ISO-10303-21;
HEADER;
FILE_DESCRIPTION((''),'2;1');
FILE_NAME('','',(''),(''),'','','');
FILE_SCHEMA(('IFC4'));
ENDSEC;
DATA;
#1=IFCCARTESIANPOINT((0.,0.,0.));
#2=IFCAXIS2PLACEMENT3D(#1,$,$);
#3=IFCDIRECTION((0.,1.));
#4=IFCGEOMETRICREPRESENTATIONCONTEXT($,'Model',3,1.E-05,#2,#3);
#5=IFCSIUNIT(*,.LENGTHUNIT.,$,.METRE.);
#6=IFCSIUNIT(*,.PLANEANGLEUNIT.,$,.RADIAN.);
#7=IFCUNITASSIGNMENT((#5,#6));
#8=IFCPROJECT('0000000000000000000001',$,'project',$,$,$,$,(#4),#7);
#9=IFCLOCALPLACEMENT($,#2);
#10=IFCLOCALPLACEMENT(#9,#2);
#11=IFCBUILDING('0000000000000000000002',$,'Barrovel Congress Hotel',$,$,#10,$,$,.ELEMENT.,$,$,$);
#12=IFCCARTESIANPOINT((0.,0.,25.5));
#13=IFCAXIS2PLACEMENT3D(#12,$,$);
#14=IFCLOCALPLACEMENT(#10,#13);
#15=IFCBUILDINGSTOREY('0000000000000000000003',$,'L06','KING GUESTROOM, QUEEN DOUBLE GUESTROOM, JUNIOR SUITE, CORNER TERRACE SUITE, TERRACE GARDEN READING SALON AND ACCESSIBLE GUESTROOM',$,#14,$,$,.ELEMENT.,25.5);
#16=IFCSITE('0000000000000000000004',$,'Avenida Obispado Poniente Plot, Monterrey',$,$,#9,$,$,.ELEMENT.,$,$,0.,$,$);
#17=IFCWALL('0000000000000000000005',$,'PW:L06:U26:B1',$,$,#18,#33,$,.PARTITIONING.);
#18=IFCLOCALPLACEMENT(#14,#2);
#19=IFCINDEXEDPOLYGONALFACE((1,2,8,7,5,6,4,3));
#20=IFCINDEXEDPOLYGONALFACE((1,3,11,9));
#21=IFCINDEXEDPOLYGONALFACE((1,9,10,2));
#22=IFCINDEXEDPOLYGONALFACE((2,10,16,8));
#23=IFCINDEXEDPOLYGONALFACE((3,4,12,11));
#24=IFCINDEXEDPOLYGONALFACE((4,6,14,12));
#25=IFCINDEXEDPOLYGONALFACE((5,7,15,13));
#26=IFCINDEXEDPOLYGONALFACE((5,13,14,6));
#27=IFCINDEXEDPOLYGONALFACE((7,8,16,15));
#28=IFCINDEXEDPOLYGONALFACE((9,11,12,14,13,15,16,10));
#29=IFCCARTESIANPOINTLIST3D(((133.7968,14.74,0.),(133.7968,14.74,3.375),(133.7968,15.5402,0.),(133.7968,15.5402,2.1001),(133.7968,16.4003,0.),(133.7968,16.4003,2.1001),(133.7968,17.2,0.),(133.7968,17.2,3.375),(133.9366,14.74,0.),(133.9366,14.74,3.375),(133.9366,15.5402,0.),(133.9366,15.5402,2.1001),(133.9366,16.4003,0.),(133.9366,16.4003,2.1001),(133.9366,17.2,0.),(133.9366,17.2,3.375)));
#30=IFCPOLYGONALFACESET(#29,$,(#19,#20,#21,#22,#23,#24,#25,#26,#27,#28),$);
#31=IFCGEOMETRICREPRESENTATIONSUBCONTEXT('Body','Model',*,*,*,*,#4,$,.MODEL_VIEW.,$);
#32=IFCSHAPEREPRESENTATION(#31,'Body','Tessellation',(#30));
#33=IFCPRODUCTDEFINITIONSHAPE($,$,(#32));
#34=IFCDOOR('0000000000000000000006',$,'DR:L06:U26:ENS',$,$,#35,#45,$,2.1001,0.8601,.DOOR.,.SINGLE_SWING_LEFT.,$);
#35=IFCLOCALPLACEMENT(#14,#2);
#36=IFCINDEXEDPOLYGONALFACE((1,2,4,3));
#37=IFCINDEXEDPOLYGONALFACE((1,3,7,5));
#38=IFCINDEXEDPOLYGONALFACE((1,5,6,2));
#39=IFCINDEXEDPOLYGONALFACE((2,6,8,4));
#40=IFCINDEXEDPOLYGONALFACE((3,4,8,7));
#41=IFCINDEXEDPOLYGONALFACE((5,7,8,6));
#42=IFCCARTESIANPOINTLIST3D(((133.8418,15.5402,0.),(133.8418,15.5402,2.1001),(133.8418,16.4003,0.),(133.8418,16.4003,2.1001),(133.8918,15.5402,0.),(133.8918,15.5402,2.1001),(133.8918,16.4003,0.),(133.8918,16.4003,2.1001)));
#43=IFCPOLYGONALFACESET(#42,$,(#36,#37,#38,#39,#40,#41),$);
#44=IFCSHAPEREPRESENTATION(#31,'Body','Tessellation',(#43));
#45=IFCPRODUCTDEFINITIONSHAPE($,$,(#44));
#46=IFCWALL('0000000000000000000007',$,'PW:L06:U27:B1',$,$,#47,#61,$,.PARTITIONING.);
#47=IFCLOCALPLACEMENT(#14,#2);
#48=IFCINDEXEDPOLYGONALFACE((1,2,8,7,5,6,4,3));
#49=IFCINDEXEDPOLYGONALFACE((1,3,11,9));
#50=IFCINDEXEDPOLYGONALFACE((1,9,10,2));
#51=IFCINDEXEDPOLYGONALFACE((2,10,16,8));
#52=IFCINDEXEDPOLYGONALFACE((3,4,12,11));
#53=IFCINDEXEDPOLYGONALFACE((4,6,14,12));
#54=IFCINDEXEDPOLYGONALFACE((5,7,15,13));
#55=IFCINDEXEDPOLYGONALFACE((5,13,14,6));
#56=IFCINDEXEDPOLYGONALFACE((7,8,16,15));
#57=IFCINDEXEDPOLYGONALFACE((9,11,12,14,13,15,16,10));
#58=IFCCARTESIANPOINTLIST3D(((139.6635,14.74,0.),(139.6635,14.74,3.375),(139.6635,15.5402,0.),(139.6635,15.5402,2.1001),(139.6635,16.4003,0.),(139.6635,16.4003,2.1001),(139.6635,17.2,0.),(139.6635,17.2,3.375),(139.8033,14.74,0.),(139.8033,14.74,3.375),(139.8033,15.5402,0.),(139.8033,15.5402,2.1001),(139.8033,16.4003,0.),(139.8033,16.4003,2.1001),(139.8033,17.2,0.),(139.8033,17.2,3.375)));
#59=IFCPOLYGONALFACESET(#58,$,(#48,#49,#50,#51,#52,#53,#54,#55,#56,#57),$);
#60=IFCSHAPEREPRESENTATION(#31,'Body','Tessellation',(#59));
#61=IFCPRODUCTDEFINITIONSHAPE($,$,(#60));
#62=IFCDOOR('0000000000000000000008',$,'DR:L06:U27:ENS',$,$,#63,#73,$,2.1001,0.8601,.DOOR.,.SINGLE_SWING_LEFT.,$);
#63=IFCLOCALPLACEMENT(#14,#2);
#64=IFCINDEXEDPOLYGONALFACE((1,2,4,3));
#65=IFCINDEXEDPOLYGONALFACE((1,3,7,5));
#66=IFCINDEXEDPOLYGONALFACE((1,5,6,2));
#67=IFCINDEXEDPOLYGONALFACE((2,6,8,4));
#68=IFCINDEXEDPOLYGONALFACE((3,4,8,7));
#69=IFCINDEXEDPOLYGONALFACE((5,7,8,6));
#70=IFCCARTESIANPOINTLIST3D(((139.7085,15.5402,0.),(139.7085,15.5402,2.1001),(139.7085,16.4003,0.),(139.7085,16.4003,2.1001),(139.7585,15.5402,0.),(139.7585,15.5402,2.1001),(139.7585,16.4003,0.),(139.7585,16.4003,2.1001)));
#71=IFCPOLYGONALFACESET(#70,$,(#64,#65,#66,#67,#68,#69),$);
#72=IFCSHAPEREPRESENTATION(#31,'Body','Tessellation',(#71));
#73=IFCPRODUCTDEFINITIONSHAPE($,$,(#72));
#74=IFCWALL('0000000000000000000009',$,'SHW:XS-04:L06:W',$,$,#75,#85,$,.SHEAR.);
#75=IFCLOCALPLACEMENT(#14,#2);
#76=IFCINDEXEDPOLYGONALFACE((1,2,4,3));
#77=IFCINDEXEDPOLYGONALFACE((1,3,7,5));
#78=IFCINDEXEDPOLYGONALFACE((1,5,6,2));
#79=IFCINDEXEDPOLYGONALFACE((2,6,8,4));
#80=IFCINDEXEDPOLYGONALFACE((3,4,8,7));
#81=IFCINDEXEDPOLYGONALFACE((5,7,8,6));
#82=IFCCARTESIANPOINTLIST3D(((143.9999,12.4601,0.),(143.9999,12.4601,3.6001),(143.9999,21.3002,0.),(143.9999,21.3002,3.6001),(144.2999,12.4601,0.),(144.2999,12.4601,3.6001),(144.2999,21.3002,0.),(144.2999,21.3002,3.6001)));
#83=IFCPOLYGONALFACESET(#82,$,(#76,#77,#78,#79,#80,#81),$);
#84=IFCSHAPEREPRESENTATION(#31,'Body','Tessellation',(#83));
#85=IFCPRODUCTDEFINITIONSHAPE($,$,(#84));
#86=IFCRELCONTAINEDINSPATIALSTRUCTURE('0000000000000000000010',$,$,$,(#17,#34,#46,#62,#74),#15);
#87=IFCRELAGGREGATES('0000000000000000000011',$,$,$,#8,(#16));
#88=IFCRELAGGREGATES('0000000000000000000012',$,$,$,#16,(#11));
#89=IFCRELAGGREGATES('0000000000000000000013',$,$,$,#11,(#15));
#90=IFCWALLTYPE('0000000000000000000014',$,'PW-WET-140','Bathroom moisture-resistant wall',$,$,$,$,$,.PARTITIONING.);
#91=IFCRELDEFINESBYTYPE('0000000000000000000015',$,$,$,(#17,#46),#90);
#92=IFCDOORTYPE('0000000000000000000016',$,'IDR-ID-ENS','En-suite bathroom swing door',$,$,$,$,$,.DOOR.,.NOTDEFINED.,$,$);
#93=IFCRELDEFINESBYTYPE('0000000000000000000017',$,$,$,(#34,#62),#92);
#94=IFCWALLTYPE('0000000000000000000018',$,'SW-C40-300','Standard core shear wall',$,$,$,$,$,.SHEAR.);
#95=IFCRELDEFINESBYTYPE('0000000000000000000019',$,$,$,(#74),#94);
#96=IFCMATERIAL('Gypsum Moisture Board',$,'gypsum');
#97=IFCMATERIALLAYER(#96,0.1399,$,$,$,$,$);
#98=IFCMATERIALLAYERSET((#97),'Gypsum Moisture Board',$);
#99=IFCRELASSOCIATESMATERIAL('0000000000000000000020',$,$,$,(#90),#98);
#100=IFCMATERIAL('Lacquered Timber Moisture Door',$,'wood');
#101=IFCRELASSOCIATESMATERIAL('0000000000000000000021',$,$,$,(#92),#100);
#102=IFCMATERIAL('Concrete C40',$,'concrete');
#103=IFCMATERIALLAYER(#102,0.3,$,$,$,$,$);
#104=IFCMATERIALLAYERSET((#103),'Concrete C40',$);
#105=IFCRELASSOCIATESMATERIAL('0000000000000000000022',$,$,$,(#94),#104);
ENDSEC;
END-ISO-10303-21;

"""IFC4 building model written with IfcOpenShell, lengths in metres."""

from ifc_helpers import new_model, si_unit, direction, frame, frame_2d, origin, place, context, subcontext, project, spatial, rectangle, extrude, material, layer, layer_set, type_object, element, fill, save


model = new_model("IFC4")

# Units and contexts
model_context = context("Model", 3, precision=1e-05, world=origin(), true_north=direction((0.0, 1.0)))
body_context = subcontext(model_context, "Body", "Model", "MODEL_VIEW")
ifc_project = project(units=[si_unit("LENGTHUNIT", "METRE"), si_unit("PLANEANGLEUNIT", "RADIAN")], contexts=[model_context])

# Site, building, storey
site_placement = place(None, origin())
site = spatial("IfcSite", under=ifc_project, at=site_placement, Name="Avenida Obispado Poniente Plot, Monterrey", CompositionType="ELEMENT", RefElevation=0.0)
building_placement = place(site_placement, origin())
building = spatial("IfcBuilding", under=site, at=building_placement, Name="Barrovel Congress Hotel", CompositionType="ELEMENT")
storey_placement = place(building_placement, frame((0.0, 0.0, 25.5)))
storey = spatial("IfcBuildingStorey", under=building, at=storey_placement, Name="L06", Description="KING GUESTROOM, QUEEN DOUBLE GUESTROOM, JUNIOR SUITE, CORNER TERRACE SUITE, TERRACE GARDEN READING SALON AND ACCESSIBLE GUESTROOM", CompositionType="ELEMENT", Elevation=25.5)

# Shared definitions
ifc_material_1 = material(Name="Concrete C40", Category="concrete")

# Walls, openings, doors
ifc_material_2 = material(Name="Gypsum Moisture Board", Category="gypsum")
ifc_layer_1 = layer(ifc_material_2, 0.1399)
ifc_layer_set_1 = layer_set([ifc_layer_1], Name="Gypsum Moisture Board")
wall_type_1 = type_object("IfcWallType", Name="PW-WET-140", Description="Bathroom moisture-resistant wall", PredefinedType="PARTITIONING", material=ifc_layer_set_1)
wall_1_placement = place(storey_placement, frame((133.8667, 14.74, 0.0), z_axis=(0.0, 0.0, 1.0), x_axis=(0.0, 1.0, 0.0)))
wall_1 = element("IfcWall", 1, at=wall_1_placement, inside=storey, type_object=wall_type_1, Name="PW:L06:U26:B1", PredefinedType="PARTITIONING", context=body_context, shape_type="SweptSolid", body=[
    extrude(rectangle(XDim=2.46, YDim=0.1399, at=frame_2d((1.23, 0.0))), origin(), (0.0, 0.0, 1.0), 3.375),
])
opening_1_placement = place(wall_1_placement, frame((0.8, 0.0, 0.0)))
opening_1 = element("IfcOpeningElement", 2, at=opening_1_placement, cuts=wall_1, PredefinedType="OPENING", context=body_context, shape_type="SweptSolid", body=[
    extrude(rectangle(XDim=0.8601, YDim=2.1001, at=frame_2d((0.4302, 1.05))), frame((0.0, 0.0801, 0.0), z_axis=(0.0, -1.0, 0.0), x_axis=(1.0, 0.0, 0.0)), (0.0, 0.0, 1.0), 0.1599),
])
ifc_material_3 = material(Name="Lacquered Timber Moisture Door", Category="wood")
door_type_1 = type_object("IfcDoorType", Name="IDR-ID-ENS", Description="En-suite bathroom swing door", OperationType="NOTDEFINED", PredefinedType="DOOR", material=ifc_material_3)
door_1_placement = place(opening_1_placement, origin())
door_1 = element("IfcDoor", 3, at=door_1_placement, inside=storey, type_object=door_type_1, Name="DR:L06:U26:ENS", OperationType="SINGLE_SWING_LEFT", OverallHeight=2.1001, OverallWidth=0.8601, PredefinedType="DOOR", context=body_context, shape_type="SweptSolid", body=[
    extrude(rectangle(XDim=0.8601, YDim=2.1001, at=frame_2d((0.4302, 1.05))), frame((0.0, 0.0249, 0.0), z_axis=(0.0, -1.0, 0.0), x_axis=(1.0, 0.0, 0.0)), (0.0, 0.0, 1.0), 0.05),
])
fill(opening_1, door_1)
wall_2_placement = place(storey_placement, frame((139.7334, 14.74, 0.0), z_axis=(0.0, 0.0, 1.0), x_axis=(0.0, 1.0, 0.0)))
wall_2 = element("IfcWall", 4, at=wall_2_placement, inside=storey, type_object=wall_type_1, Name="PW:L06:U27:B1", PredefinedType="PARTITIONING", context=body_context, shape_type="SweptSolid", body=[
    extrude(rectangle(XDim=2.46, YDim=0.1399, at=frame_2d((1.23, 0.0))), origin(), (0.0, 0.0, 1.0), 3.375),
])
opening_2_placement = place(wall_2_placement, frame((0.8, 0.0, 0.0)))
opening_2 = element("IfcOpeningElement", 5, at=opening_2_placement, cuts=wall_2, PredefinedType="OPENING", context=body_context, shape_type="SweptSolid", body=[
    extrude(rectangle(XDim=0.8601, YDim=2.1001, at=frame_2d((0.4302, 1.05))), frame((0.0, 0.0801, 0.0), z_axis=(0.0, -1.0, 0.0), x_axis=(1.0, 0.0, 0.0)), (0.0, 0.0, 1.0), 0.1599),
])
door_2_placement = place(opening_2_placement, origin())
door_2 = element("IfcDoor", 6, at=door_2_placement, inside=storey, type_object=door_type_1, Name="DR:L06:U27:ENS", OperationType="SINGLE_SWING_LEFT", OverallHeight=2.1001, OverallWidth=0.8601, PredefinedType="DOOR", context=body_context, shape_type="SweptSolid", body=[
    extrude(rectangle(XDim=0.8601, YDim=2.1001, at=frame_2d((0.4302, 1.05))), frame((0.0, 0.0249, 0.0), z_axis=(0.0, -1.0, 0.0), x_axis=(1.0, 0.0, 0.0)), (0.0, 0.0, 1.0), 0.05),
])
fill(opening_2, door_2)
ifc_layer_2 = layer(ifc_material_1, 0.3)
ifc_layer_set_2 = layer_set([ifc_layer_2], Name="Concrete C40")
wall_type_2 = type_object("IfcWallType", Name="SW-C40-300", Description="Standard core shear wall", PredefinedType="SHEAR", material=ifc_layer_set_2)

# Wall
wall_3_placement = place(storey_placement, frame((144.1499, 21.3, 0.0), z_axis=(0.0, 0.0, 1.0), x_axis=(0.0, -1.0, 0.0)))
element("IfcWall", 7, at=wall_3_placement, inside=storey, type_object=wall_type_2, Name="SHW:XS-04:L06:W", PredefinedType="SHEAR", context=body_context, shape_type="SweptSolid", body=[
    extrude(rectangle(XDim=8.8401, YDim=0.3, at=frame_2d((4.4199, 0.0))), origin(), (0.0, 0.0, 1.0), 3.6001),
])

save(model, "model.ifc")
